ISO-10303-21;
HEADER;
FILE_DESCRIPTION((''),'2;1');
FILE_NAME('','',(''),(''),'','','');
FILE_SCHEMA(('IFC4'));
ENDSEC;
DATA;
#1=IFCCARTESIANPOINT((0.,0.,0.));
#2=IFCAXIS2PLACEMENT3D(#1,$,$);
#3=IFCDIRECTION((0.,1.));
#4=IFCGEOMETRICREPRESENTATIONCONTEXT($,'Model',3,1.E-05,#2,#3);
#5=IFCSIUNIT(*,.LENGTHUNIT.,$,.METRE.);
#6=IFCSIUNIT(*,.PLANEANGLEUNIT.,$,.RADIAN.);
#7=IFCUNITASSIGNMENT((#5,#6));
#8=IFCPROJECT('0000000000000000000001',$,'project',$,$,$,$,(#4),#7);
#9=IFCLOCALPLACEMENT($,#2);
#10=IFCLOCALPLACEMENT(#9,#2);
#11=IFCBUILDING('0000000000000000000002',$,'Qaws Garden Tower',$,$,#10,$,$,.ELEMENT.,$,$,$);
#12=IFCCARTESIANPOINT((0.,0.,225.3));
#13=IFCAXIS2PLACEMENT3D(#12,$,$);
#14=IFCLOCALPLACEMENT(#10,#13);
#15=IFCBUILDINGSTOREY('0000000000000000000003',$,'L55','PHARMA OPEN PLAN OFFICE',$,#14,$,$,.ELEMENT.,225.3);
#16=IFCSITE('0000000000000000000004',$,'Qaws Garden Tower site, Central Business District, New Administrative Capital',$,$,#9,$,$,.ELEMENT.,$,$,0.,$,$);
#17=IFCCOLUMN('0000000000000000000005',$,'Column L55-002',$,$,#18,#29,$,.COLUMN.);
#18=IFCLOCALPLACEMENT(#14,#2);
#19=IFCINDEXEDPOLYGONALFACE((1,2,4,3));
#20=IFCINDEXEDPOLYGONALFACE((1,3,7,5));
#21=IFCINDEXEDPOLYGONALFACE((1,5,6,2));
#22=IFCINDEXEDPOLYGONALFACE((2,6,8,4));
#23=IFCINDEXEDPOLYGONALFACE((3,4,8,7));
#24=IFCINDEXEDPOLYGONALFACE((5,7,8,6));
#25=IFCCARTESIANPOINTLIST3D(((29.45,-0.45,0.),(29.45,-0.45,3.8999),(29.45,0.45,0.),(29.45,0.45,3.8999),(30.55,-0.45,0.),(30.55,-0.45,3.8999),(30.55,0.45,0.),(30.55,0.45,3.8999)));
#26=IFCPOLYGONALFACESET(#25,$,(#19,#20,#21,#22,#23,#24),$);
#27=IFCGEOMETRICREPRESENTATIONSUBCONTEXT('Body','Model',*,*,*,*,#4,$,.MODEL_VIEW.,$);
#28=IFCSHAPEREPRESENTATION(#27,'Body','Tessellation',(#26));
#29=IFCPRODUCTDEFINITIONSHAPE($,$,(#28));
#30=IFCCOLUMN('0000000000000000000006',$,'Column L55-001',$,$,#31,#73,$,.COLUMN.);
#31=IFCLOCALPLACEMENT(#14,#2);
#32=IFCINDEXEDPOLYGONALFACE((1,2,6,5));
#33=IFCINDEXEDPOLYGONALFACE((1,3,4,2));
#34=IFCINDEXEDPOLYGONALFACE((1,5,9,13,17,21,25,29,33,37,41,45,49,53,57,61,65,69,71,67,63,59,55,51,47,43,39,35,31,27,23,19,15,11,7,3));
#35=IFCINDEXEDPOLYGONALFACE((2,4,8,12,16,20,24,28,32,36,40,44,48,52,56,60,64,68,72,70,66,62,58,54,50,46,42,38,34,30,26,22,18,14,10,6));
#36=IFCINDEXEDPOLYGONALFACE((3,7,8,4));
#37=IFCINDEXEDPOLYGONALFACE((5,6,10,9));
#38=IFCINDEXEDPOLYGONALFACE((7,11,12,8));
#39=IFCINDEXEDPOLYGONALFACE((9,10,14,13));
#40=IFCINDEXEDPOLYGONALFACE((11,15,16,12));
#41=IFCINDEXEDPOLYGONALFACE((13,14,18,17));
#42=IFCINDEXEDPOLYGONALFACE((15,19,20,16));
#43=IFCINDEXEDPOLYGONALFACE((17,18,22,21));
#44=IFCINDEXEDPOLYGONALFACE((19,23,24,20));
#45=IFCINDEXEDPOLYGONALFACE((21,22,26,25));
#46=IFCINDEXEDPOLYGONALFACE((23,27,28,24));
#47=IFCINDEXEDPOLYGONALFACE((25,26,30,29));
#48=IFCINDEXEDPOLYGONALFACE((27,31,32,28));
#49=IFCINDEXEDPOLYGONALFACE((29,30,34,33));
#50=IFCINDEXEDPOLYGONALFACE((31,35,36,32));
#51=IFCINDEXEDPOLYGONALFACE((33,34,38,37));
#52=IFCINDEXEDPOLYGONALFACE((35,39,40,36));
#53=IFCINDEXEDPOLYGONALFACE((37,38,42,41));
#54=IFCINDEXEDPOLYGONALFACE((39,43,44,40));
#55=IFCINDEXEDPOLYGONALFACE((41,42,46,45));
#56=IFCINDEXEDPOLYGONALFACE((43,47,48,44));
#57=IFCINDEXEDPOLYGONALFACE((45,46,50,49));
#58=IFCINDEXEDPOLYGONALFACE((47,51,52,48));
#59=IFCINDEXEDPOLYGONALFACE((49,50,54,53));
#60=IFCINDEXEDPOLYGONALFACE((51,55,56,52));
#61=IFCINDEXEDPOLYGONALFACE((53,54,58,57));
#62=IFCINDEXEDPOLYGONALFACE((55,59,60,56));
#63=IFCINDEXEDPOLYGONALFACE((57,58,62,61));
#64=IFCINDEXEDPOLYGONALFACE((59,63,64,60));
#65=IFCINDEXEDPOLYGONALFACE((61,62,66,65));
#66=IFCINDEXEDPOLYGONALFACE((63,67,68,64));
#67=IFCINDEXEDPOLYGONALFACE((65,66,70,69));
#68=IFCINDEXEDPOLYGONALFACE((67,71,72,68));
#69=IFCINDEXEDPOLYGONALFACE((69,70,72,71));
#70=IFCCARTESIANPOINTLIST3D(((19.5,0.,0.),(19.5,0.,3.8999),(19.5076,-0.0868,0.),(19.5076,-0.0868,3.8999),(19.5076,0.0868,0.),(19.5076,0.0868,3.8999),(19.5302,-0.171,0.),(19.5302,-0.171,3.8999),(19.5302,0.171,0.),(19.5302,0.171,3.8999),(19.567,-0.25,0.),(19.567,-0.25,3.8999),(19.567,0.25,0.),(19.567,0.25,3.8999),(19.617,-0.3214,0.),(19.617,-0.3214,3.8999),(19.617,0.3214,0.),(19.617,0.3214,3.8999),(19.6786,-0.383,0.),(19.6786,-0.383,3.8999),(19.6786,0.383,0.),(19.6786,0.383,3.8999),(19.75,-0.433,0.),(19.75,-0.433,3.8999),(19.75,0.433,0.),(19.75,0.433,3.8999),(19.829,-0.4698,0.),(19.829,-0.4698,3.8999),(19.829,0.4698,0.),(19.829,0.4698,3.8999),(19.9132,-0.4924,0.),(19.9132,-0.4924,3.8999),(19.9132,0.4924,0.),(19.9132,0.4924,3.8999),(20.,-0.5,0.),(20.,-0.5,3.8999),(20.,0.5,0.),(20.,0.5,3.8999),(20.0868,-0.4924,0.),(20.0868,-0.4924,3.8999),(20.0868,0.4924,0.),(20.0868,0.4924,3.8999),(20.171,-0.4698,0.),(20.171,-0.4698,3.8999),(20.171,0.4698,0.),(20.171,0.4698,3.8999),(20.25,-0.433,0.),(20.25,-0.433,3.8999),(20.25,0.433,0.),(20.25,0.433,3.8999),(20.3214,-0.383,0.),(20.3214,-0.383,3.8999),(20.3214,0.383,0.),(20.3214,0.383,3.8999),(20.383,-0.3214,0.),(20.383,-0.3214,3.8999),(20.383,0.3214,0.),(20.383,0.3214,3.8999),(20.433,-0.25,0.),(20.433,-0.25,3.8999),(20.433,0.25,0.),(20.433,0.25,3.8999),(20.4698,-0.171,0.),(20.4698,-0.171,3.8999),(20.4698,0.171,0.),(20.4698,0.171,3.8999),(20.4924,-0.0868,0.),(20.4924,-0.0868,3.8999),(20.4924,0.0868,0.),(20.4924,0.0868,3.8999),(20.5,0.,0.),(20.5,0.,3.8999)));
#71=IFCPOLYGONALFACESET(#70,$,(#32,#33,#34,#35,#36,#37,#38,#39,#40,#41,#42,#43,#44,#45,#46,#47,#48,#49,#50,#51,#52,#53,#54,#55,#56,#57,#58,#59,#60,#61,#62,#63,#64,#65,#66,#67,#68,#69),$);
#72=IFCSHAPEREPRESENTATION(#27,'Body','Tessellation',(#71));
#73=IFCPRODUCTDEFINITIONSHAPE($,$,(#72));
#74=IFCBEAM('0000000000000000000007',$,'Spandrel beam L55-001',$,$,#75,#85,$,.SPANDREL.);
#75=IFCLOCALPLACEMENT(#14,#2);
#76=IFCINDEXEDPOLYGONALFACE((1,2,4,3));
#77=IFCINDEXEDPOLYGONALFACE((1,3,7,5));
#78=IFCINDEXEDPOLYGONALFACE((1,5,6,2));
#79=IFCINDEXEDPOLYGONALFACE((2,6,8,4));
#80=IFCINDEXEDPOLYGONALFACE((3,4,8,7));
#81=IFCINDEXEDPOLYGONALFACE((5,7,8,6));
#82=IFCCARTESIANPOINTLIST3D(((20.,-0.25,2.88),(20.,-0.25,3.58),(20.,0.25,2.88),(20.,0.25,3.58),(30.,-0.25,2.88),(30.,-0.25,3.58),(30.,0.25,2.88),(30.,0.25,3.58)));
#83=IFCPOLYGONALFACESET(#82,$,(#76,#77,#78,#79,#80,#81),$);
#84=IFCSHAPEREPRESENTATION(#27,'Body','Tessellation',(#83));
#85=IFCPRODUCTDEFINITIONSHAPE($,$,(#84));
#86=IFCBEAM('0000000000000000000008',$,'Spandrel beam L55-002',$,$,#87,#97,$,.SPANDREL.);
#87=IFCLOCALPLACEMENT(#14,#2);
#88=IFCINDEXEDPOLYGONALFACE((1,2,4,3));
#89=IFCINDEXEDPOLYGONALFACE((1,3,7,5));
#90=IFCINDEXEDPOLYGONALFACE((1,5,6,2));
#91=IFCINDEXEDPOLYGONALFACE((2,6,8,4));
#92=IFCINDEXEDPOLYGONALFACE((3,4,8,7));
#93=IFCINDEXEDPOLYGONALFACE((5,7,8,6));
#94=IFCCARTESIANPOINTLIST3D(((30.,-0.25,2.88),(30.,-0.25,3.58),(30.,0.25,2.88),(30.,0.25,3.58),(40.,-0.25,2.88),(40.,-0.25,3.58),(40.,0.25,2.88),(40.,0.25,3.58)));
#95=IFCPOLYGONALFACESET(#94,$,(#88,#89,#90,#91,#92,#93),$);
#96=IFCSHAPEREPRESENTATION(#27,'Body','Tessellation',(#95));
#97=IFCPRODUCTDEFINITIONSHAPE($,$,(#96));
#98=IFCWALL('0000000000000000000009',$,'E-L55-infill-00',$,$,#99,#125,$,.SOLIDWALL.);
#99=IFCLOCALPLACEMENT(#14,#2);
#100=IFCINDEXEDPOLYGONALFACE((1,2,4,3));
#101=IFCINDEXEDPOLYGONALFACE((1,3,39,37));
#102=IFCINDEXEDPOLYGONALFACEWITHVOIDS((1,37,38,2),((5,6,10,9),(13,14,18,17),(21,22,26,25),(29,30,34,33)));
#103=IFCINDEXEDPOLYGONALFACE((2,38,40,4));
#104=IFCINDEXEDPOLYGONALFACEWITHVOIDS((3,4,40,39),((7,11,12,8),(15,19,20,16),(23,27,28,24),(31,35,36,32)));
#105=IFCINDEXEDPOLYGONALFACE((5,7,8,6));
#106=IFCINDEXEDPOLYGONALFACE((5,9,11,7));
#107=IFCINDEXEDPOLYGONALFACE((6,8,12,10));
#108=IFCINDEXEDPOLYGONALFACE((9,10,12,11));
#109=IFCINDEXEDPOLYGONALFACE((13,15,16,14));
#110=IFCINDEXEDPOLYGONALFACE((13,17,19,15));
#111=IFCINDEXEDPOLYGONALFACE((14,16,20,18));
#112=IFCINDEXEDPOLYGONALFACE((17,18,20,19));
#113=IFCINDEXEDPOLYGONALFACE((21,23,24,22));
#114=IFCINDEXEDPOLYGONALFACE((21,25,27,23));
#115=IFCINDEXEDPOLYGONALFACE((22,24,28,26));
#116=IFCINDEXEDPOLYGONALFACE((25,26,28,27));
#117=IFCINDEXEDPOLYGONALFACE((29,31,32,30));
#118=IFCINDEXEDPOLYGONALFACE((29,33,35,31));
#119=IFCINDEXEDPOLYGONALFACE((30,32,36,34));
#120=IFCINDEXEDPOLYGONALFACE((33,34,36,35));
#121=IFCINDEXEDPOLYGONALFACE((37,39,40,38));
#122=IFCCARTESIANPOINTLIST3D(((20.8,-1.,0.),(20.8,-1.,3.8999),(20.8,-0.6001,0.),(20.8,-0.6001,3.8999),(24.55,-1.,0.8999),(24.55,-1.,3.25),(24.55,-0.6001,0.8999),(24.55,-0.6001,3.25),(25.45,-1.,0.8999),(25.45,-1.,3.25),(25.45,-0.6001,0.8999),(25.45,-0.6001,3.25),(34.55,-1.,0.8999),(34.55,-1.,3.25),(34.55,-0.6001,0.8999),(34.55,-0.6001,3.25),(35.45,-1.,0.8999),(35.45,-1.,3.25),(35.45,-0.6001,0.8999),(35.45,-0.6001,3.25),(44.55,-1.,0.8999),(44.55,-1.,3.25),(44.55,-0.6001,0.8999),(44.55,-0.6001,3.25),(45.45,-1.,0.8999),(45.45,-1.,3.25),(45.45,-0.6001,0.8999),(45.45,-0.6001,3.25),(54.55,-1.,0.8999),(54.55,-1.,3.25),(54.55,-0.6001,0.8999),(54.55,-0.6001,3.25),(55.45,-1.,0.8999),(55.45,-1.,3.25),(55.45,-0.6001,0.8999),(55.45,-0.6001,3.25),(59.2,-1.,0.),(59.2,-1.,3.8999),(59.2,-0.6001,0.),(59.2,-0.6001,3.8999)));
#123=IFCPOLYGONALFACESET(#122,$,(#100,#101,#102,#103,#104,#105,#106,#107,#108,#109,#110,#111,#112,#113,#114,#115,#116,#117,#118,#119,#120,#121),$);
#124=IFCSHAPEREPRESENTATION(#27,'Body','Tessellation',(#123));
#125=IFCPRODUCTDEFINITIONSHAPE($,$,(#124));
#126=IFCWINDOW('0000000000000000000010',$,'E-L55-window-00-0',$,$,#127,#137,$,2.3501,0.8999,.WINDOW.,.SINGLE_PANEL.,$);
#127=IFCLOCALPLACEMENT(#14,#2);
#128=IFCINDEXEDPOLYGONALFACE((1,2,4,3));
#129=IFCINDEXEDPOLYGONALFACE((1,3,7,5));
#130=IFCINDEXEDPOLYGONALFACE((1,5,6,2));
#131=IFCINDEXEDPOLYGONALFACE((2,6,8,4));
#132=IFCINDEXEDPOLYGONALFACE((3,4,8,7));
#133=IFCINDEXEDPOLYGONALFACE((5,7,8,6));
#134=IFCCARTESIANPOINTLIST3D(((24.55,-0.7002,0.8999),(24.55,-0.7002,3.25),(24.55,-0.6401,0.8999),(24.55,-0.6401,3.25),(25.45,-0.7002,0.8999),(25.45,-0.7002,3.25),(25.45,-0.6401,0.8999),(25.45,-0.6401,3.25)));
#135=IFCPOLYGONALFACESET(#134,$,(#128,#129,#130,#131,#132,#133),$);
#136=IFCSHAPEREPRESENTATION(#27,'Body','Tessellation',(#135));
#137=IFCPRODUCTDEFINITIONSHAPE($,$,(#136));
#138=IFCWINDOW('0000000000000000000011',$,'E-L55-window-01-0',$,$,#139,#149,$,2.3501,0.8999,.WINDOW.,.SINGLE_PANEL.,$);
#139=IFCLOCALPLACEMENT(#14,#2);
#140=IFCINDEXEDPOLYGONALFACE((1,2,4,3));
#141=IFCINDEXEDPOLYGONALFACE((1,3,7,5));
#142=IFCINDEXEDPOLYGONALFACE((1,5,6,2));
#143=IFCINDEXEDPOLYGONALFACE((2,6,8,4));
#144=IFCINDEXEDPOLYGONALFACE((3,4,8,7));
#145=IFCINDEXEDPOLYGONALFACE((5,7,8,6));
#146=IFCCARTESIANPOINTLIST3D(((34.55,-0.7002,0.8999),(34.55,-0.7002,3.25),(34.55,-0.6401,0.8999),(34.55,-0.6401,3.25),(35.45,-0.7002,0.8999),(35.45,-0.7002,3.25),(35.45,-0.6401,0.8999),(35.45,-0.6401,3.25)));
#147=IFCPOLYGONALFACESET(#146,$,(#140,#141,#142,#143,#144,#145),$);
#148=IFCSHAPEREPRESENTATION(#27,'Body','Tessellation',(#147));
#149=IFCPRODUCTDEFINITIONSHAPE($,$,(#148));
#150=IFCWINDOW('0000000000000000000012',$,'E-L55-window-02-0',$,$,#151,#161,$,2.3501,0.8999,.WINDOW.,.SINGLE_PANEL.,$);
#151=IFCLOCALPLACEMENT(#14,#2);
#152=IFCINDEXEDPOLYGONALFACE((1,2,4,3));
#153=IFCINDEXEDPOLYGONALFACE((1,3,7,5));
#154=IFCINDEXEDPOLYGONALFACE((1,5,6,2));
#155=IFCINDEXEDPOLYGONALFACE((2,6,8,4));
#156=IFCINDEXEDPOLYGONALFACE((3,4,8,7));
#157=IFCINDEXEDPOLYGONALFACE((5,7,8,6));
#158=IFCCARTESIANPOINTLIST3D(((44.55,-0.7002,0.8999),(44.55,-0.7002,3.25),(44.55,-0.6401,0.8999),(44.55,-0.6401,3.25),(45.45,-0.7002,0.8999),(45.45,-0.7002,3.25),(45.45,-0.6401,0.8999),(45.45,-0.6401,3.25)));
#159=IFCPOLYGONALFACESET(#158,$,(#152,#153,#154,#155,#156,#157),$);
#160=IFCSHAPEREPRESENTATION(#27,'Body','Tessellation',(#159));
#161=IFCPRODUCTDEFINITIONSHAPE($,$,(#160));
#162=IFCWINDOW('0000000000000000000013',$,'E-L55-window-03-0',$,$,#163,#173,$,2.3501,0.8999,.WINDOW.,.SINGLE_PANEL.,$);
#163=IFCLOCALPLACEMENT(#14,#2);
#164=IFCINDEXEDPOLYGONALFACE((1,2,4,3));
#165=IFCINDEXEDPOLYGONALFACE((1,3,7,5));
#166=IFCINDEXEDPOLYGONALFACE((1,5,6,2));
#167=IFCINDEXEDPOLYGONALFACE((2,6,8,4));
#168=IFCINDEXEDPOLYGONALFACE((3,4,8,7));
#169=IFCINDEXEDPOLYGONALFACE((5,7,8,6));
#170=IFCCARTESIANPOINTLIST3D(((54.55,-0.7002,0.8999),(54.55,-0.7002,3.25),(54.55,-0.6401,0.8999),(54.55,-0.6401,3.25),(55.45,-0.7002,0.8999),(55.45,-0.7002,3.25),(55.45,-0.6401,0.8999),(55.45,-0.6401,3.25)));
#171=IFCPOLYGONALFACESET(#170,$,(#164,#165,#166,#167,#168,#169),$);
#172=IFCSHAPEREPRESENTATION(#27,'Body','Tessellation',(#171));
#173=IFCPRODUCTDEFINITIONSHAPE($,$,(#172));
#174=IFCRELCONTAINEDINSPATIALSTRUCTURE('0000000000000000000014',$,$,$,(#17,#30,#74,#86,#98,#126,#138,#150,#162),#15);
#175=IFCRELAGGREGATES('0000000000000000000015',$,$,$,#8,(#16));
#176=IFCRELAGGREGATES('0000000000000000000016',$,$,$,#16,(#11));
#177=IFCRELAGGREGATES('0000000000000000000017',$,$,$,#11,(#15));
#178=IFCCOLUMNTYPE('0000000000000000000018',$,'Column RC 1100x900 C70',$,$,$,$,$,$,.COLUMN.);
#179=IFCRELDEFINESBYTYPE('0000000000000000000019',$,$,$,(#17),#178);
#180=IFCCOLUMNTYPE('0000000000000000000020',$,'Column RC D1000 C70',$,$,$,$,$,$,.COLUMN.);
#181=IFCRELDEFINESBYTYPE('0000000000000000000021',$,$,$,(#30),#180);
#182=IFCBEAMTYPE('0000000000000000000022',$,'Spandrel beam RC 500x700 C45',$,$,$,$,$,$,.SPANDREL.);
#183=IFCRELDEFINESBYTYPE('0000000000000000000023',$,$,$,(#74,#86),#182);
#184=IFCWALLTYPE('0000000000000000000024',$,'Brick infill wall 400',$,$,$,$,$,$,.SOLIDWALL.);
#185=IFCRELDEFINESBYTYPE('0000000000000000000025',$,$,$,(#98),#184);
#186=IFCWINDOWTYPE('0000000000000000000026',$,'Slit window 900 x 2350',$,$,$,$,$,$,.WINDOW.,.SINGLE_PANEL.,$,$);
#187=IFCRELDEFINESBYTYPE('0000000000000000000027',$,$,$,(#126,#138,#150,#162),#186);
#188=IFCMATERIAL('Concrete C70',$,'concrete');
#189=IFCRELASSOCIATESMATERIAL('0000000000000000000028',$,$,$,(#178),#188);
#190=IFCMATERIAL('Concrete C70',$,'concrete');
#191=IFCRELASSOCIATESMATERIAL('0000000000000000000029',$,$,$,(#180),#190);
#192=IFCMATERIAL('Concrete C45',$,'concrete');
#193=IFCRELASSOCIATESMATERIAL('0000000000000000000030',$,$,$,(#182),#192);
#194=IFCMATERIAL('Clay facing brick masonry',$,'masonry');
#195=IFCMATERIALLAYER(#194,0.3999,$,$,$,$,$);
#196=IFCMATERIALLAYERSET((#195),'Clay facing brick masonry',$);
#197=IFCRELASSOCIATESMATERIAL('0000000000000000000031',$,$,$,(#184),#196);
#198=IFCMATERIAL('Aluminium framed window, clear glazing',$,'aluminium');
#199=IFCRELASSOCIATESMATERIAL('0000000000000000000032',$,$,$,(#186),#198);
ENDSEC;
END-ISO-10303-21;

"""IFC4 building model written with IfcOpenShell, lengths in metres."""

from ifc_helpers import new_model, si_unit, direction, frame, frame_2d, origin, origin_2d, place, context, subcontext, project, spatial, rectangle, circle, extrude, material, layer, layer_set, material_profile, profile_set, type_object, element, fill, save


model = new_model("IFC4")

# Units and contexts
model_context = context("Model", 3, precision=1e-05, world=origin(), true_north=direction((0.0, 1.0)))
body_context = subcontext(model_context, "Body", "Model", "MODEL_VIEW")
ifc_project = project(units=[si_unit("LENGTHUNIT", "METRE"), si_unit("PLANEANGLEUNIT", "RADIAN")], contexts=[model_context])

# Site, building, storey
site_placement = place(None, origin())
site = spatial("IfcSite", under=ifc_project, at=site_placement, Name="Qaws Garden Tower site, Central Business District, New Administrative Capital", CompositionType="ELEMENT", RefElevation=0.0)
building_placement = place(site_placement, origin())
building = spatial("IfcBuilding", under=site, at=building_placement, Name="Qaws Garden Tower", CompositionType="ELEMENT")
storey_placement = place(building_placement, frame((0.0, 0.0, 225.3)))
storey = spatial("IfcBuildingStorey", under=building, at=storey_placement, Name="L55", Description="PHARMA OPEN PLAN OFFICE", CompositionType="ELEMENT", Elevation=225.3)

# Columns
ifc_material_1 = material(Name="Concrete C70", Category="concrete")
ifc_material_profile_1 = material_profile(ifc_material_1, rectangle(XDim=1.1001, YDim=0.8999, at=origin_2d()), Name="RC 1100x900")
ifc_profile_set_1 = profile_set([ifc_material_profile_1], Name="Concrete C70")
column_type_1 = type_object("IfcColumnType", Name="Column RC 1100x900 C70", PredefinedType="COLUMN", material=ifc_profile_set_1)
column_1_placement = place(storey_placement, frame((30.0, 0.0, 0.0), z_axis=(0.0, 0.0, 1.0), x_axis=(1.0, 0.0, 0.0)))
element("IfcColumn", 1, at=column_1_placement, inside=storey, type_object=column_type_1, Name="Column L55-002", PredefinedType="COLUMN", context=body_context, shape_type="SweptSolid", body=[
    extrude(rectangle(XDim=1.1001, YDim=0.8999, at=origin_2d()), origin(), (0.0, 0.0, 1.0), 3.8999),
])
ifc_material_2 = material(Name="Concrete C70", Category="concrete")
ifc_material_profile_2 = material_profile(ifc_material_2, circle(Radius=0.5, at=origin_2d()), Name="RC D1000")
ifc_profile_set_2 = profile_set([ifc_material_profile_2], Name="Concrete C70")
column_type_2 = type_object("IfcColumnType", Name="Column RC D1000 C70", PredefinedType="COLUMN", material=ifc_profile_set_2)
column_2_placement = place(storey_placement, frame((20.0, 0.0, 0.0), z_axis=(0.0, 0.0, 1.0), x_axis=(1.0, 0.0, 0.0)))
element("IfcColumn", 2, at=column_2_placement, inside=storey, type_object=column_type_2, Name="Column L55-001", PredefinedType="COLUMN", context=body_context, shape_type="SweptSolid", body=[
    extrude(circle(Radius=0.5, at=origin_2d()), origin(), (0.0, 0.0, 1.0), 3.8999),
])

# Beams
ifc_material_3 = material(Name="Concrete C45", Category="concrete")
ifc_material_profile_3 = material_profile(ifc_material_3, rectangle(XDim=0.5, YDim=0.7, at=origin_2d()), Name="RC 500x700")
ifc_profile_set_3 = profile_set([ifc_material_profile_3], Name="Concrete C45")
beam_type = type_object("IfcBeamType", Name="Spandrel beam RC 500x700 C45", PredefinedType="SPANDREL", material=ifc_profile_set_3)
for number, where, z_axis, x_axis, name in (
    (3, (20.0, 0.0, 3.23), (1.0, 0.0, 0.0), (0.0, 1.0, 0.0), "Spandrel beam L55-001"),
    (4, (30.0, 0.0, 3.23), (1.0, 0.0, 0.0), (0.0, 1.0, 0.0), "Spandrel beam L55-002"),
):
    element("IfcBeam", number, at=place(storey_placement, frame(where, z_axis=z_axis, x_axis=x_axis)), inside=storey, type_object=beam_type, Name=name, PredefinedType="SPANDREL", context=body_context, shape_type="SweptSolid", body=[
        extrude(rectangle(XDim=0.5, YDim=0.7, at=origin_2d()), origin(), (0.0, 0.0, 1.0), 10.0),
    ])

# Wall, openings, windows
ifc_material_4 = material(Name="Clay facing brick masonry", Category="masonry")
ifc_layer_1 = layer(ifc_material_4, 0.3999)
ifc_layer_set_1 = layer_set([ifc_layer_1], Name="Clay facing brick masonry")
wall_type_1 = type_object("IfcWallType", Name="Brick infill wall 400", PredefinedType="SOLIDWALL", material=ifc_layer_set_1)
wall_1_placement = place(storey_placement, frame((20.8, -0.8, 0.0), z_axis=(0.0, 0.0, 1.0), x_axis=(1.0, 0.0, 0.0)))
wall_1 = element("IfcWall", 5, at=wall_1_placement, inside=storey, type_object=wall_type_1, Name="E-L55-infill-00", PredefinedType="SOLIDWALL", context=body_context, shape_type="SweptSolid", body=[
    extrude(rectangle(XDim=38.3999, YDim=0.3999, at=frame_2d((19.2, 0.0))), origin(), (0.0, 0.0, 1.0), 3.8999),
])
opening_1_placement = place(wall_1_placement, frame((3.75, 0.0, 0.8999)))
opening_1 = element("IfcOpeningElement", 6, at=opening_1_placement, cuts=wall_1, PredefinedType="OPENING", context=body_context, shape_type="SweptSolid", body=[
    extrude(rectangle(XDim=0.8999, YDim=2.3501, at=frame_2d((0.45, 1.175))), frame((0.0, 0.21, 0.0), z_axis=(0.0, -1.0, 0.0), x_axis=(1.0, 0.0, 0.0)), (0.0, 0.0, 1.0), 0.4199),
])
opening_2_placement = place(wall_1_placement, frame((13.75, 0.0, 0.8999)))
opening_2 = element("IfcOpeningElement", 7, at=opening_2_placement, cuts=wall_1, PredefinedType="OPENING", context=body_context, shape_type="SweptSolid", body=[
    extrude(rectangle(XDim=0.8999, YDim=2.3501, at=frame_2d((0.45, 1.175))), frame((0.0, 0.21, 0.0), z_axis=(0.0, -1.0, 0.0), x_axis=(1.0, 0.0, 0.0)), (0.0, 0.0, 1.0), 0.4199),
])
opening_3_placement = place(wall_1_placement, frame((23.75, 0.0, 0.8999)))
opening_3 = element("IfcOpeningElement", 8, at=opening_3_placement, cuts=wall_1, PredefinedType="OPENING", context=body_context, shape_type="SweptSolid", body=[
    extrude(rectangle(XDim=0.8999, YDim=2.3501, at=frame_2d((0.45, 1.175))), frame((0.0, 0.21, 0.0), z_axis=(0.0, -1.0, 0.0), x_axis=(1.0, 0.0, 0.0)), (0.0, 0.0, 1.0), 0.4199),
])
opening_4_placement = place(wall_1_placement, frame((33.75, 0.0, 0.8999)))
opening_4 = element("IfcOpeningElement", 9, at=opening_4_placement, cuts=wall_1, PredefinedType="OPENING", context=body_context, shape_type="SweptSolid", body=[
    extrude(rectangle(XDim=0.8999, YDim=2.3501, at=frame_2d((0.45, 1.175))), frame((0.0, 0.21, 0.0), z_axis=(0.0, -1.0, 0.0), x_axis=(1.0, 0.0, 0.0)), (0.0, 0.0, 1.0), 0.4199),
])
ifc_material_5 = material(Name="Aluminium framed window, clear glazing", Category="aluminium")
window_type = type_object("IfcWindowType", Name="Slit window 900 x 2350", PartitioningType="SINGLE_PANEL", PredefinedType="WINDOW", material=ifc_material_5)
window_1_placement = place(opening_1_placement, origin())
window_1 = element("IfcWindow", 10, at=window_1_placement, inside=storey, type_object=window_type, Name="E-L55-window-00-0", OverallHeight=2.3501, OverallWidth=0.8999, PartitioningType="SINGLE_PANEL", PredefinedType="WINDOW", context=body_context, shape_type="SweptSolid", body=[
    extrude(rectangle(XDim=0.8999, YDim=2.3501, at=frame_2d((0.45, 1.175))), frame((0.0, 0.1599, 0.0), z_axis=(0.0, -1.0, 0.0), x_axis=(1.0, 0.0, 0.0)), (0.0, 0.0, 1.0), 0.0601),
])
fill(opening_1, window_1)
window_2_placement = place(opening_2_placement, origin())
window_2 = element("IfcWindow", 11, at=window_2_placement, inside=storey, type_object=window_type, Name="E-L55-window-01-0", OverallHeight=2.3501, OverallWidth=0.8999, PartitioningType="SINGLE_PANEL", PredefinedType="WINDOW", context=body_context, shape_type="SweptSolid", body=[
    extrude(rectangle(XDim=0.8999, YDim=2.3501, at=frame_2d((0.45, 1.175))), frame((0.0, 0.1599, 0.0), z_axis=(0.0, -1.0, 0.0), x_axis=(1.0, 0.0, 0.0)), (0.0, 0.0, 1.0), 0.0601),
])
fill(opening_2, window_2)
window_3_placement = place(opening_3_placement, origin())
window_3 = element("IfcWindow", 12, at=window_3_placement, inside=storey, type_object=window_type, Name="E-L55-window-02-0", OverallHeight=2.3501, OverallWidth=0.8999, PartitioningType="SINGLE_PANEL", PredefinedType="WINDOW", context=body_context, shape_type="SweptSolid", body=[
    extrude(rectangle(XDim=0.8999, YDim=2.3501, at=frame_2d((0.45, 1.175))), frame((0.0, 0.1599, 0.0), z_axis=(0.0, -1.0, 0.0), x_axis=(1.0, 0.0, 0.0)), (0.0, 0.0, 1.0), 0.0601),
])
fill(opening_3, window_3)
window_4_placement = place(opening_4_placement, origin())
window_4 = element("IfcWindow", 13, at=window_4_placement, inside=storey, type_object=window_type, Name="E-L55-window-03-0", OverallHeight=2.3501, OverallWidth=0.8999, PartitioningType="SINGLE_PANEL", PredefinedType="WINDOW", context=body_context, shape_type="SweptSolid", body=[
    extrude(rectangle(XDim=0.8999, YDim=2.3501, at=frame_2d((0.45, 1.175))), frame((0.0, 0.1599, 0.0), z_axis=(0.0, -1.0, 0.0), x_axis=(1.0, 0.0, 0.0)), (0.0, 0.0, 1.0), 0.0601),
])
fill(opening_4, window_4)

save(model, "model.ifc")
